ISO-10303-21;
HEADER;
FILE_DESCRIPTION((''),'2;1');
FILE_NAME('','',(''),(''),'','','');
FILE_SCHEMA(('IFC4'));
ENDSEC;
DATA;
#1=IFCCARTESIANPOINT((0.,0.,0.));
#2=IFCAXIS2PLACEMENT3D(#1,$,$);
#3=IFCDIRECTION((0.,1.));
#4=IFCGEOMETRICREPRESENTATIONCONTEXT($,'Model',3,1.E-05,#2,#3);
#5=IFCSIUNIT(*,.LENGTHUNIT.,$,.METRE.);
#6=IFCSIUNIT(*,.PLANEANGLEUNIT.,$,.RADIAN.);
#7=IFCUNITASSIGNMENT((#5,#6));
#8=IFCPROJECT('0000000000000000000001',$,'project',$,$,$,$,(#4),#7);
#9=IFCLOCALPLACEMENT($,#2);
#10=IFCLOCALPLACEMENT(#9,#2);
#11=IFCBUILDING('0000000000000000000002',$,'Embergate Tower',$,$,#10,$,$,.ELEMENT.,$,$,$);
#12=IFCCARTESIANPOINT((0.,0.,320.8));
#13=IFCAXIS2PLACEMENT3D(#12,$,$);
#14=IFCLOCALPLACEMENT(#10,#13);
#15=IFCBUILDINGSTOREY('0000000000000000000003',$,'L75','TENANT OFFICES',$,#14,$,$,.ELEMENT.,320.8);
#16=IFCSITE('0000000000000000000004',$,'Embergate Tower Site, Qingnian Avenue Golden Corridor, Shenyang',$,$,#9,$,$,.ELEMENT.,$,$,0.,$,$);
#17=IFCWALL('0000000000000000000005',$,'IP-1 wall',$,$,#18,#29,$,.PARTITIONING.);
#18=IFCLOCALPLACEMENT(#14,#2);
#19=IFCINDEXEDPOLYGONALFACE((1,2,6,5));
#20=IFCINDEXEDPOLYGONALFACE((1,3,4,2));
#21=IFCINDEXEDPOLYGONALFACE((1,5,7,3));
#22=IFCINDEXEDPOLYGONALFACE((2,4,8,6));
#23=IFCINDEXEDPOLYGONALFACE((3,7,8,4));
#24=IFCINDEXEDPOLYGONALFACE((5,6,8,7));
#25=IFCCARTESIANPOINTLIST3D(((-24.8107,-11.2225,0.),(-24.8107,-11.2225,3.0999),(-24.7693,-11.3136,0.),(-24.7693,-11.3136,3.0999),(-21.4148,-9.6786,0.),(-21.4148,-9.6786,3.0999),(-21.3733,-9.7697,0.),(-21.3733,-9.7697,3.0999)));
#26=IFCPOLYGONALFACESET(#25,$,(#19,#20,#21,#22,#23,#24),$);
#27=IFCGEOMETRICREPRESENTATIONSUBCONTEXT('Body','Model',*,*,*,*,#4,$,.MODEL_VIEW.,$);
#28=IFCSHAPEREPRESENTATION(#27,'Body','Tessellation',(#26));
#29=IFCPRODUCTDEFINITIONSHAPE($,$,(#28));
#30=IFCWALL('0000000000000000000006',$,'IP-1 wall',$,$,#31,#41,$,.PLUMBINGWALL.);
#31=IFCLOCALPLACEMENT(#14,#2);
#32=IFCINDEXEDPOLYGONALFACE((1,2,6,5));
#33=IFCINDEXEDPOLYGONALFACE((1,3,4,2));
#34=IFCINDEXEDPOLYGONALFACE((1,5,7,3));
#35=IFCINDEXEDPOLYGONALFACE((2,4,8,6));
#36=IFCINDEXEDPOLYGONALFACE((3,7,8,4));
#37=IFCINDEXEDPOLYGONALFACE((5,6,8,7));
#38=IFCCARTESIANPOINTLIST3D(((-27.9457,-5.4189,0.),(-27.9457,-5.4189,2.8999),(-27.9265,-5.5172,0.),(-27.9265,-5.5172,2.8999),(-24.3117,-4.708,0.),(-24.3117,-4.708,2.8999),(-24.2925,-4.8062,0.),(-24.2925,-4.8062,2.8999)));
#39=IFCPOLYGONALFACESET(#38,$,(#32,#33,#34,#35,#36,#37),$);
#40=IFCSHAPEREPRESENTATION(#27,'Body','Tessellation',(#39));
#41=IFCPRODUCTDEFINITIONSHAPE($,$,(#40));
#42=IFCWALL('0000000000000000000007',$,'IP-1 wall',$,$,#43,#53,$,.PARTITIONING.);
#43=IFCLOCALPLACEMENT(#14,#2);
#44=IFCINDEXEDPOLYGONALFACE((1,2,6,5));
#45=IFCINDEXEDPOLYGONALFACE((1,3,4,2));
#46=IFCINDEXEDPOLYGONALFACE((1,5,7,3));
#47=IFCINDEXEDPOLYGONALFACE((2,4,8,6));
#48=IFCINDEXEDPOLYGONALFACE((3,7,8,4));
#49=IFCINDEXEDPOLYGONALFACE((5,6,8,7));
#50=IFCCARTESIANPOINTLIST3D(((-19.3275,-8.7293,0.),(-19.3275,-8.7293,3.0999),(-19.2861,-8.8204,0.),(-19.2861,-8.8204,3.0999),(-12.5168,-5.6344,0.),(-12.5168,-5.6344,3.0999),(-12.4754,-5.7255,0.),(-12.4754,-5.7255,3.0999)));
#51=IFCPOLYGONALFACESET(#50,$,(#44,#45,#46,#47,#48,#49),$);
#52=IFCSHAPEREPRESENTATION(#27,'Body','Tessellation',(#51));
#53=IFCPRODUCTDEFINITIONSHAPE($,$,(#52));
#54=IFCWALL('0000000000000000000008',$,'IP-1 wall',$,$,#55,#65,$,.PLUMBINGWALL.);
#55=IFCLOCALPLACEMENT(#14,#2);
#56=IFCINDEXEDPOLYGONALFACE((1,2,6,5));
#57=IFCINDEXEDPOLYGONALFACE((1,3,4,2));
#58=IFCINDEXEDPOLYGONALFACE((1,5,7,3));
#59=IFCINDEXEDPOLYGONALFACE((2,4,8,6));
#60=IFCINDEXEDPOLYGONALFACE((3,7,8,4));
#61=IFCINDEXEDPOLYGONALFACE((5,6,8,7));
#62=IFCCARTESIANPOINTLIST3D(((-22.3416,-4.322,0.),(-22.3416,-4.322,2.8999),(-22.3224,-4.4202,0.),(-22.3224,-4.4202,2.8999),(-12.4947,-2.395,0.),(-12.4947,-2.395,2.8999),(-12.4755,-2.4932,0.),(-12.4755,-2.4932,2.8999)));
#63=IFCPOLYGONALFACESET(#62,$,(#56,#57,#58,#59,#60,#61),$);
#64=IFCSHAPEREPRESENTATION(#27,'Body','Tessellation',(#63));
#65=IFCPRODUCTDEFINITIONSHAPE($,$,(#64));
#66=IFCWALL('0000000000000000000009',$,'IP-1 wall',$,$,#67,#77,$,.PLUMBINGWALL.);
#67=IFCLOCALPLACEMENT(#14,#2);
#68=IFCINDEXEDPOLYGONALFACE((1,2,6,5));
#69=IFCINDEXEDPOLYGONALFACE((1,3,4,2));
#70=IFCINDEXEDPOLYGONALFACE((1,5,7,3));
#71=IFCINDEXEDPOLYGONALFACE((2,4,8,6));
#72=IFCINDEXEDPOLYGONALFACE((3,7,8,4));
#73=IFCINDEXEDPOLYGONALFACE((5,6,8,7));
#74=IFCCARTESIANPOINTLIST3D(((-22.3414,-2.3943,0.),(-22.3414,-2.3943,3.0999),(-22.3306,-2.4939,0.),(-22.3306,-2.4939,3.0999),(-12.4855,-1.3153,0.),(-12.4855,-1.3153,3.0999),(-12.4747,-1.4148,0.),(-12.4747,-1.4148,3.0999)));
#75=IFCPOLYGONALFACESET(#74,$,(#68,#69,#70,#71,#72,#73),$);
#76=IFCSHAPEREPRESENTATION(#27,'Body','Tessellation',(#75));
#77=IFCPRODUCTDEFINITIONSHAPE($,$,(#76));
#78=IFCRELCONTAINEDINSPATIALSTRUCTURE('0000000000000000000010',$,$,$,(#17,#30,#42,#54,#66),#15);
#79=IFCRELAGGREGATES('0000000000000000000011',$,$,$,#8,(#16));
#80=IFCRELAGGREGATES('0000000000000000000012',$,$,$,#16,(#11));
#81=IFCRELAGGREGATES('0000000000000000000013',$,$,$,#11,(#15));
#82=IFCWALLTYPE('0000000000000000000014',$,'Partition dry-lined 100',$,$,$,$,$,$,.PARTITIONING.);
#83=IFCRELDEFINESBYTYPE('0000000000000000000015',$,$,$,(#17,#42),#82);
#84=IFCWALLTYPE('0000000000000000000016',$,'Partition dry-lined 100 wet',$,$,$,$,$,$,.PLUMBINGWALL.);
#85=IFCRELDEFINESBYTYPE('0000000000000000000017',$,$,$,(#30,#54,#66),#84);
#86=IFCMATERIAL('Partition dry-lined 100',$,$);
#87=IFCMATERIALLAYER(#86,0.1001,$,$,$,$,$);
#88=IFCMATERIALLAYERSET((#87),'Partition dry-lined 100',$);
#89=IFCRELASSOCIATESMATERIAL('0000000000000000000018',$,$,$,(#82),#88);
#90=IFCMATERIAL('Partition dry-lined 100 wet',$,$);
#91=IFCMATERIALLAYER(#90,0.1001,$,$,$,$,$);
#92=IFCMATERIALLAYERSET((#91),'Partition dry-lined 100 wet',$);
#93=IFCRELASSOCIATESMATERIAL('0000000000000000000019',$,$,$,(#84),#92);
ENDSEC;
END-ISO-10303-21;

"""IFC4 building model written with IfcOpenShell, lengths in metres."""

from ifc_helpers import new_model, si_unit, direction, frame, frame_2d, origin, place, context, subcontext, project, spatial, rectangle, extrude, source, transform, mapped, material, layer, layer_set, type_object, element, save


model = new_model("IFC4")

# Units and contexts
model_context = context("Model", 3, precision=1e-05, world=origin(), true_north=direction((0.0, 1.0)))
body_context = subcontext(model_context, "Body", "Model", "MODEL_VIEW")
ifc_project = project(units=[si_unit("LENGTHUNIT", "METRE"), si_unit("PLANEANGLEUNIT", "RADIAN")], contexts=[model_context])

# Site, building, storey
site_placement = place(None, origin())
site = spatial("IfcSite", under=ifc_project, at=site_placement, Name="Embergate Tower Site, Qingnian Avenue Golden Corridor, Shenyang", CompositionType="ELEMENT", RefElevation=0.0)
building_placement = place(site_placement, origin())
building = spatial("IfcBuilding", under=site, at=building_placement, Name="Embergate Tower", CompositionType="ELEMENT")
storey_placement = place(building_placement, frame((0.0, 0.0, 320.8)))
storey = spatial("IfcBuildingStorey", under=building, at=storey_placement, Name="L75", Description="TENANT OFFICES", CompositionType="ELEMENT", Elevation=320.8)

# Walls
ifc_material_1 = material(Name="Partition dry-lined 100")
ifc_layer_1 = layer(ifc_material_1, 0.1001)
ifc_layer_set_1 = layer_set([ifc_layer_1], Name="Partition dry-lined 100")
wall_type_1 = type_object("IfcWallType", Name="Partition dry-lined 100", PredefinedType="PARTITIONING", material=ifc_layer_set_1)
shared_shape_1 = source(origin(), body_context, "Body", "SweptSolid", [
    extrude(rectangle(XDim=3.7305, YDim=0.1001, at=frame_2d((1.8652, 0.0))), origin(), (0.0, 0.0, 1.0), 3.0999),
])
wall_1_placement = place(storey_placement, frame((-21.394, -9.7241, 0.0), z_axis=(0.0, 0.0, 1.0), x_axis=(-0.910335, -0.413872, 0.0)))
element("IfcWall", 1, at=wall_1_placement, inside=storey, type_object=wall_type_1, Name="IP-1 wall", PredefinedType="PARTITIONING", context=body_context, shape_type="MappedRepresentation", body=[
    mapped(shared_shape_1, transform((0.0, 0.0, 0.0))),
])
ifc_material_2 = material(Name="Partition dry-lined 100 wet")
ifc_layer_2 = layer(ifc_material_2, 0.1001)
ifc_layer_set_2 = layer_set([ifc_layer_2], Name="Partition dry-lined 100 wet")
wall_type_2 = type_object("IfcWallType", Name="Partition dry-lined 100 wet", PredefinedType="PLUMBINGWALL", material=ifc_layer_set_2)
shared_shape_2 = source(origin(), body_context, "Body", "SweptSolid", [
    extrude(rectangle(XDim=3.7029, YDim=0.1001, at=frame_2d((1.8516, 0.0))), origin(), (0.0, 0.0, 1.0), 2.8999),
])
wall_2_placement = place(storey_placement, frame((-24.302, -4.7571, 0.0), z_axis=(0.0, 0.0, 1.0), x_axis=(-0.981396, -0.191994, 0.0)))
element("IfcWall", 2, at=wall_2_placement, inside=storey, type_object=wall_type_2, Name="IP-1 wall", PredefinedType="PLUMBINGWALL", context=body_context, shape_type="MappedRepresentation", body=[
    mapped(shared_shape_2, transform((0.0, 0.0, 0.0))),
])
shared_shape_3 = source(origin(), body_context, "Body", "SweptSolid", [
    extrude(rectangle(XDim=7.481, YDim=0.1001, at=frame_2d((3.7405, 0.0))), origin(), (0.0, 0.0, 1.0), 3.0999),
])
wall_3_placement = place(storey_placement, frame((-12.4961, -5.6799, 0.0), z_axis=(0.0, 0.0, 1.0), x_axis=(-0.910409, -0.41371, 0.0)))
element("IfcWall", 3, at=wall_3_placement, inside=storey, type_object=wall_type_1, Name="IP-1 wall", PredefinedType="PARTITIONING", context=body_context, shape_type="MappedRepresentation", body=[
    mapped(shared_shape_3, transform((0.0, 0.0, 0.0))),
])
shared_shape_4 = source(origin(), body_context, "Body", "SweptSolid", [
    extrude(rectangle(XDim=10.0337, YDim=0.1001, at=frame_2d((5.0168, 0.0))), origin(), (0.0, 0.0, 1.0), 2.8999),
])
wall_4_placement = place(storey_placement, frame((-12.4851, -2.4441, 0.0), z_axis=(0.0, 0.0, 1.0), x_axis=(-0.981385, -0.192053, 0.0)))
element("IfcWall", 4, at=wall_4_placement, inside=storey, type_object=wall_type_2, Name="IP-1 wall", PredefinedType="PLUMBINGWALL", context=body_context, shape_type="MappedRepresentation", body=[
    mapped(shared_shape_4, transform((0.0, 0.0, 0.0))),
])
shared_shape_5 = source(origin(), body_context, "Body", "SweptSolid", [
    extrude(rectangle(XDim=9.9148, YDim=0.1001, at=frame_2d((4.9575, 0.0))), origin(), (0.0, 0.0, 1.0), 3.0999),
])
wall_5_placement = place(storey_placement, frame((-12.48, -1.365, 0.0), z_axis=(0.0, 0.0, 1.0), x_axis=(-0.99406, -0.108837, 0.0)))
element("IfcWall", 5, at=wall_5_placement, inside=storey, type_object=wall_type_2, Name="IP-1 wall", PredefinedType="PLUMBINGWALL", context=body_context, shape_type="MappedRepresentation", body=[
    mapped(shared_shape_5, transform((0.0, 0.0, 0.0))),
])

save(model, "model.ifc")
